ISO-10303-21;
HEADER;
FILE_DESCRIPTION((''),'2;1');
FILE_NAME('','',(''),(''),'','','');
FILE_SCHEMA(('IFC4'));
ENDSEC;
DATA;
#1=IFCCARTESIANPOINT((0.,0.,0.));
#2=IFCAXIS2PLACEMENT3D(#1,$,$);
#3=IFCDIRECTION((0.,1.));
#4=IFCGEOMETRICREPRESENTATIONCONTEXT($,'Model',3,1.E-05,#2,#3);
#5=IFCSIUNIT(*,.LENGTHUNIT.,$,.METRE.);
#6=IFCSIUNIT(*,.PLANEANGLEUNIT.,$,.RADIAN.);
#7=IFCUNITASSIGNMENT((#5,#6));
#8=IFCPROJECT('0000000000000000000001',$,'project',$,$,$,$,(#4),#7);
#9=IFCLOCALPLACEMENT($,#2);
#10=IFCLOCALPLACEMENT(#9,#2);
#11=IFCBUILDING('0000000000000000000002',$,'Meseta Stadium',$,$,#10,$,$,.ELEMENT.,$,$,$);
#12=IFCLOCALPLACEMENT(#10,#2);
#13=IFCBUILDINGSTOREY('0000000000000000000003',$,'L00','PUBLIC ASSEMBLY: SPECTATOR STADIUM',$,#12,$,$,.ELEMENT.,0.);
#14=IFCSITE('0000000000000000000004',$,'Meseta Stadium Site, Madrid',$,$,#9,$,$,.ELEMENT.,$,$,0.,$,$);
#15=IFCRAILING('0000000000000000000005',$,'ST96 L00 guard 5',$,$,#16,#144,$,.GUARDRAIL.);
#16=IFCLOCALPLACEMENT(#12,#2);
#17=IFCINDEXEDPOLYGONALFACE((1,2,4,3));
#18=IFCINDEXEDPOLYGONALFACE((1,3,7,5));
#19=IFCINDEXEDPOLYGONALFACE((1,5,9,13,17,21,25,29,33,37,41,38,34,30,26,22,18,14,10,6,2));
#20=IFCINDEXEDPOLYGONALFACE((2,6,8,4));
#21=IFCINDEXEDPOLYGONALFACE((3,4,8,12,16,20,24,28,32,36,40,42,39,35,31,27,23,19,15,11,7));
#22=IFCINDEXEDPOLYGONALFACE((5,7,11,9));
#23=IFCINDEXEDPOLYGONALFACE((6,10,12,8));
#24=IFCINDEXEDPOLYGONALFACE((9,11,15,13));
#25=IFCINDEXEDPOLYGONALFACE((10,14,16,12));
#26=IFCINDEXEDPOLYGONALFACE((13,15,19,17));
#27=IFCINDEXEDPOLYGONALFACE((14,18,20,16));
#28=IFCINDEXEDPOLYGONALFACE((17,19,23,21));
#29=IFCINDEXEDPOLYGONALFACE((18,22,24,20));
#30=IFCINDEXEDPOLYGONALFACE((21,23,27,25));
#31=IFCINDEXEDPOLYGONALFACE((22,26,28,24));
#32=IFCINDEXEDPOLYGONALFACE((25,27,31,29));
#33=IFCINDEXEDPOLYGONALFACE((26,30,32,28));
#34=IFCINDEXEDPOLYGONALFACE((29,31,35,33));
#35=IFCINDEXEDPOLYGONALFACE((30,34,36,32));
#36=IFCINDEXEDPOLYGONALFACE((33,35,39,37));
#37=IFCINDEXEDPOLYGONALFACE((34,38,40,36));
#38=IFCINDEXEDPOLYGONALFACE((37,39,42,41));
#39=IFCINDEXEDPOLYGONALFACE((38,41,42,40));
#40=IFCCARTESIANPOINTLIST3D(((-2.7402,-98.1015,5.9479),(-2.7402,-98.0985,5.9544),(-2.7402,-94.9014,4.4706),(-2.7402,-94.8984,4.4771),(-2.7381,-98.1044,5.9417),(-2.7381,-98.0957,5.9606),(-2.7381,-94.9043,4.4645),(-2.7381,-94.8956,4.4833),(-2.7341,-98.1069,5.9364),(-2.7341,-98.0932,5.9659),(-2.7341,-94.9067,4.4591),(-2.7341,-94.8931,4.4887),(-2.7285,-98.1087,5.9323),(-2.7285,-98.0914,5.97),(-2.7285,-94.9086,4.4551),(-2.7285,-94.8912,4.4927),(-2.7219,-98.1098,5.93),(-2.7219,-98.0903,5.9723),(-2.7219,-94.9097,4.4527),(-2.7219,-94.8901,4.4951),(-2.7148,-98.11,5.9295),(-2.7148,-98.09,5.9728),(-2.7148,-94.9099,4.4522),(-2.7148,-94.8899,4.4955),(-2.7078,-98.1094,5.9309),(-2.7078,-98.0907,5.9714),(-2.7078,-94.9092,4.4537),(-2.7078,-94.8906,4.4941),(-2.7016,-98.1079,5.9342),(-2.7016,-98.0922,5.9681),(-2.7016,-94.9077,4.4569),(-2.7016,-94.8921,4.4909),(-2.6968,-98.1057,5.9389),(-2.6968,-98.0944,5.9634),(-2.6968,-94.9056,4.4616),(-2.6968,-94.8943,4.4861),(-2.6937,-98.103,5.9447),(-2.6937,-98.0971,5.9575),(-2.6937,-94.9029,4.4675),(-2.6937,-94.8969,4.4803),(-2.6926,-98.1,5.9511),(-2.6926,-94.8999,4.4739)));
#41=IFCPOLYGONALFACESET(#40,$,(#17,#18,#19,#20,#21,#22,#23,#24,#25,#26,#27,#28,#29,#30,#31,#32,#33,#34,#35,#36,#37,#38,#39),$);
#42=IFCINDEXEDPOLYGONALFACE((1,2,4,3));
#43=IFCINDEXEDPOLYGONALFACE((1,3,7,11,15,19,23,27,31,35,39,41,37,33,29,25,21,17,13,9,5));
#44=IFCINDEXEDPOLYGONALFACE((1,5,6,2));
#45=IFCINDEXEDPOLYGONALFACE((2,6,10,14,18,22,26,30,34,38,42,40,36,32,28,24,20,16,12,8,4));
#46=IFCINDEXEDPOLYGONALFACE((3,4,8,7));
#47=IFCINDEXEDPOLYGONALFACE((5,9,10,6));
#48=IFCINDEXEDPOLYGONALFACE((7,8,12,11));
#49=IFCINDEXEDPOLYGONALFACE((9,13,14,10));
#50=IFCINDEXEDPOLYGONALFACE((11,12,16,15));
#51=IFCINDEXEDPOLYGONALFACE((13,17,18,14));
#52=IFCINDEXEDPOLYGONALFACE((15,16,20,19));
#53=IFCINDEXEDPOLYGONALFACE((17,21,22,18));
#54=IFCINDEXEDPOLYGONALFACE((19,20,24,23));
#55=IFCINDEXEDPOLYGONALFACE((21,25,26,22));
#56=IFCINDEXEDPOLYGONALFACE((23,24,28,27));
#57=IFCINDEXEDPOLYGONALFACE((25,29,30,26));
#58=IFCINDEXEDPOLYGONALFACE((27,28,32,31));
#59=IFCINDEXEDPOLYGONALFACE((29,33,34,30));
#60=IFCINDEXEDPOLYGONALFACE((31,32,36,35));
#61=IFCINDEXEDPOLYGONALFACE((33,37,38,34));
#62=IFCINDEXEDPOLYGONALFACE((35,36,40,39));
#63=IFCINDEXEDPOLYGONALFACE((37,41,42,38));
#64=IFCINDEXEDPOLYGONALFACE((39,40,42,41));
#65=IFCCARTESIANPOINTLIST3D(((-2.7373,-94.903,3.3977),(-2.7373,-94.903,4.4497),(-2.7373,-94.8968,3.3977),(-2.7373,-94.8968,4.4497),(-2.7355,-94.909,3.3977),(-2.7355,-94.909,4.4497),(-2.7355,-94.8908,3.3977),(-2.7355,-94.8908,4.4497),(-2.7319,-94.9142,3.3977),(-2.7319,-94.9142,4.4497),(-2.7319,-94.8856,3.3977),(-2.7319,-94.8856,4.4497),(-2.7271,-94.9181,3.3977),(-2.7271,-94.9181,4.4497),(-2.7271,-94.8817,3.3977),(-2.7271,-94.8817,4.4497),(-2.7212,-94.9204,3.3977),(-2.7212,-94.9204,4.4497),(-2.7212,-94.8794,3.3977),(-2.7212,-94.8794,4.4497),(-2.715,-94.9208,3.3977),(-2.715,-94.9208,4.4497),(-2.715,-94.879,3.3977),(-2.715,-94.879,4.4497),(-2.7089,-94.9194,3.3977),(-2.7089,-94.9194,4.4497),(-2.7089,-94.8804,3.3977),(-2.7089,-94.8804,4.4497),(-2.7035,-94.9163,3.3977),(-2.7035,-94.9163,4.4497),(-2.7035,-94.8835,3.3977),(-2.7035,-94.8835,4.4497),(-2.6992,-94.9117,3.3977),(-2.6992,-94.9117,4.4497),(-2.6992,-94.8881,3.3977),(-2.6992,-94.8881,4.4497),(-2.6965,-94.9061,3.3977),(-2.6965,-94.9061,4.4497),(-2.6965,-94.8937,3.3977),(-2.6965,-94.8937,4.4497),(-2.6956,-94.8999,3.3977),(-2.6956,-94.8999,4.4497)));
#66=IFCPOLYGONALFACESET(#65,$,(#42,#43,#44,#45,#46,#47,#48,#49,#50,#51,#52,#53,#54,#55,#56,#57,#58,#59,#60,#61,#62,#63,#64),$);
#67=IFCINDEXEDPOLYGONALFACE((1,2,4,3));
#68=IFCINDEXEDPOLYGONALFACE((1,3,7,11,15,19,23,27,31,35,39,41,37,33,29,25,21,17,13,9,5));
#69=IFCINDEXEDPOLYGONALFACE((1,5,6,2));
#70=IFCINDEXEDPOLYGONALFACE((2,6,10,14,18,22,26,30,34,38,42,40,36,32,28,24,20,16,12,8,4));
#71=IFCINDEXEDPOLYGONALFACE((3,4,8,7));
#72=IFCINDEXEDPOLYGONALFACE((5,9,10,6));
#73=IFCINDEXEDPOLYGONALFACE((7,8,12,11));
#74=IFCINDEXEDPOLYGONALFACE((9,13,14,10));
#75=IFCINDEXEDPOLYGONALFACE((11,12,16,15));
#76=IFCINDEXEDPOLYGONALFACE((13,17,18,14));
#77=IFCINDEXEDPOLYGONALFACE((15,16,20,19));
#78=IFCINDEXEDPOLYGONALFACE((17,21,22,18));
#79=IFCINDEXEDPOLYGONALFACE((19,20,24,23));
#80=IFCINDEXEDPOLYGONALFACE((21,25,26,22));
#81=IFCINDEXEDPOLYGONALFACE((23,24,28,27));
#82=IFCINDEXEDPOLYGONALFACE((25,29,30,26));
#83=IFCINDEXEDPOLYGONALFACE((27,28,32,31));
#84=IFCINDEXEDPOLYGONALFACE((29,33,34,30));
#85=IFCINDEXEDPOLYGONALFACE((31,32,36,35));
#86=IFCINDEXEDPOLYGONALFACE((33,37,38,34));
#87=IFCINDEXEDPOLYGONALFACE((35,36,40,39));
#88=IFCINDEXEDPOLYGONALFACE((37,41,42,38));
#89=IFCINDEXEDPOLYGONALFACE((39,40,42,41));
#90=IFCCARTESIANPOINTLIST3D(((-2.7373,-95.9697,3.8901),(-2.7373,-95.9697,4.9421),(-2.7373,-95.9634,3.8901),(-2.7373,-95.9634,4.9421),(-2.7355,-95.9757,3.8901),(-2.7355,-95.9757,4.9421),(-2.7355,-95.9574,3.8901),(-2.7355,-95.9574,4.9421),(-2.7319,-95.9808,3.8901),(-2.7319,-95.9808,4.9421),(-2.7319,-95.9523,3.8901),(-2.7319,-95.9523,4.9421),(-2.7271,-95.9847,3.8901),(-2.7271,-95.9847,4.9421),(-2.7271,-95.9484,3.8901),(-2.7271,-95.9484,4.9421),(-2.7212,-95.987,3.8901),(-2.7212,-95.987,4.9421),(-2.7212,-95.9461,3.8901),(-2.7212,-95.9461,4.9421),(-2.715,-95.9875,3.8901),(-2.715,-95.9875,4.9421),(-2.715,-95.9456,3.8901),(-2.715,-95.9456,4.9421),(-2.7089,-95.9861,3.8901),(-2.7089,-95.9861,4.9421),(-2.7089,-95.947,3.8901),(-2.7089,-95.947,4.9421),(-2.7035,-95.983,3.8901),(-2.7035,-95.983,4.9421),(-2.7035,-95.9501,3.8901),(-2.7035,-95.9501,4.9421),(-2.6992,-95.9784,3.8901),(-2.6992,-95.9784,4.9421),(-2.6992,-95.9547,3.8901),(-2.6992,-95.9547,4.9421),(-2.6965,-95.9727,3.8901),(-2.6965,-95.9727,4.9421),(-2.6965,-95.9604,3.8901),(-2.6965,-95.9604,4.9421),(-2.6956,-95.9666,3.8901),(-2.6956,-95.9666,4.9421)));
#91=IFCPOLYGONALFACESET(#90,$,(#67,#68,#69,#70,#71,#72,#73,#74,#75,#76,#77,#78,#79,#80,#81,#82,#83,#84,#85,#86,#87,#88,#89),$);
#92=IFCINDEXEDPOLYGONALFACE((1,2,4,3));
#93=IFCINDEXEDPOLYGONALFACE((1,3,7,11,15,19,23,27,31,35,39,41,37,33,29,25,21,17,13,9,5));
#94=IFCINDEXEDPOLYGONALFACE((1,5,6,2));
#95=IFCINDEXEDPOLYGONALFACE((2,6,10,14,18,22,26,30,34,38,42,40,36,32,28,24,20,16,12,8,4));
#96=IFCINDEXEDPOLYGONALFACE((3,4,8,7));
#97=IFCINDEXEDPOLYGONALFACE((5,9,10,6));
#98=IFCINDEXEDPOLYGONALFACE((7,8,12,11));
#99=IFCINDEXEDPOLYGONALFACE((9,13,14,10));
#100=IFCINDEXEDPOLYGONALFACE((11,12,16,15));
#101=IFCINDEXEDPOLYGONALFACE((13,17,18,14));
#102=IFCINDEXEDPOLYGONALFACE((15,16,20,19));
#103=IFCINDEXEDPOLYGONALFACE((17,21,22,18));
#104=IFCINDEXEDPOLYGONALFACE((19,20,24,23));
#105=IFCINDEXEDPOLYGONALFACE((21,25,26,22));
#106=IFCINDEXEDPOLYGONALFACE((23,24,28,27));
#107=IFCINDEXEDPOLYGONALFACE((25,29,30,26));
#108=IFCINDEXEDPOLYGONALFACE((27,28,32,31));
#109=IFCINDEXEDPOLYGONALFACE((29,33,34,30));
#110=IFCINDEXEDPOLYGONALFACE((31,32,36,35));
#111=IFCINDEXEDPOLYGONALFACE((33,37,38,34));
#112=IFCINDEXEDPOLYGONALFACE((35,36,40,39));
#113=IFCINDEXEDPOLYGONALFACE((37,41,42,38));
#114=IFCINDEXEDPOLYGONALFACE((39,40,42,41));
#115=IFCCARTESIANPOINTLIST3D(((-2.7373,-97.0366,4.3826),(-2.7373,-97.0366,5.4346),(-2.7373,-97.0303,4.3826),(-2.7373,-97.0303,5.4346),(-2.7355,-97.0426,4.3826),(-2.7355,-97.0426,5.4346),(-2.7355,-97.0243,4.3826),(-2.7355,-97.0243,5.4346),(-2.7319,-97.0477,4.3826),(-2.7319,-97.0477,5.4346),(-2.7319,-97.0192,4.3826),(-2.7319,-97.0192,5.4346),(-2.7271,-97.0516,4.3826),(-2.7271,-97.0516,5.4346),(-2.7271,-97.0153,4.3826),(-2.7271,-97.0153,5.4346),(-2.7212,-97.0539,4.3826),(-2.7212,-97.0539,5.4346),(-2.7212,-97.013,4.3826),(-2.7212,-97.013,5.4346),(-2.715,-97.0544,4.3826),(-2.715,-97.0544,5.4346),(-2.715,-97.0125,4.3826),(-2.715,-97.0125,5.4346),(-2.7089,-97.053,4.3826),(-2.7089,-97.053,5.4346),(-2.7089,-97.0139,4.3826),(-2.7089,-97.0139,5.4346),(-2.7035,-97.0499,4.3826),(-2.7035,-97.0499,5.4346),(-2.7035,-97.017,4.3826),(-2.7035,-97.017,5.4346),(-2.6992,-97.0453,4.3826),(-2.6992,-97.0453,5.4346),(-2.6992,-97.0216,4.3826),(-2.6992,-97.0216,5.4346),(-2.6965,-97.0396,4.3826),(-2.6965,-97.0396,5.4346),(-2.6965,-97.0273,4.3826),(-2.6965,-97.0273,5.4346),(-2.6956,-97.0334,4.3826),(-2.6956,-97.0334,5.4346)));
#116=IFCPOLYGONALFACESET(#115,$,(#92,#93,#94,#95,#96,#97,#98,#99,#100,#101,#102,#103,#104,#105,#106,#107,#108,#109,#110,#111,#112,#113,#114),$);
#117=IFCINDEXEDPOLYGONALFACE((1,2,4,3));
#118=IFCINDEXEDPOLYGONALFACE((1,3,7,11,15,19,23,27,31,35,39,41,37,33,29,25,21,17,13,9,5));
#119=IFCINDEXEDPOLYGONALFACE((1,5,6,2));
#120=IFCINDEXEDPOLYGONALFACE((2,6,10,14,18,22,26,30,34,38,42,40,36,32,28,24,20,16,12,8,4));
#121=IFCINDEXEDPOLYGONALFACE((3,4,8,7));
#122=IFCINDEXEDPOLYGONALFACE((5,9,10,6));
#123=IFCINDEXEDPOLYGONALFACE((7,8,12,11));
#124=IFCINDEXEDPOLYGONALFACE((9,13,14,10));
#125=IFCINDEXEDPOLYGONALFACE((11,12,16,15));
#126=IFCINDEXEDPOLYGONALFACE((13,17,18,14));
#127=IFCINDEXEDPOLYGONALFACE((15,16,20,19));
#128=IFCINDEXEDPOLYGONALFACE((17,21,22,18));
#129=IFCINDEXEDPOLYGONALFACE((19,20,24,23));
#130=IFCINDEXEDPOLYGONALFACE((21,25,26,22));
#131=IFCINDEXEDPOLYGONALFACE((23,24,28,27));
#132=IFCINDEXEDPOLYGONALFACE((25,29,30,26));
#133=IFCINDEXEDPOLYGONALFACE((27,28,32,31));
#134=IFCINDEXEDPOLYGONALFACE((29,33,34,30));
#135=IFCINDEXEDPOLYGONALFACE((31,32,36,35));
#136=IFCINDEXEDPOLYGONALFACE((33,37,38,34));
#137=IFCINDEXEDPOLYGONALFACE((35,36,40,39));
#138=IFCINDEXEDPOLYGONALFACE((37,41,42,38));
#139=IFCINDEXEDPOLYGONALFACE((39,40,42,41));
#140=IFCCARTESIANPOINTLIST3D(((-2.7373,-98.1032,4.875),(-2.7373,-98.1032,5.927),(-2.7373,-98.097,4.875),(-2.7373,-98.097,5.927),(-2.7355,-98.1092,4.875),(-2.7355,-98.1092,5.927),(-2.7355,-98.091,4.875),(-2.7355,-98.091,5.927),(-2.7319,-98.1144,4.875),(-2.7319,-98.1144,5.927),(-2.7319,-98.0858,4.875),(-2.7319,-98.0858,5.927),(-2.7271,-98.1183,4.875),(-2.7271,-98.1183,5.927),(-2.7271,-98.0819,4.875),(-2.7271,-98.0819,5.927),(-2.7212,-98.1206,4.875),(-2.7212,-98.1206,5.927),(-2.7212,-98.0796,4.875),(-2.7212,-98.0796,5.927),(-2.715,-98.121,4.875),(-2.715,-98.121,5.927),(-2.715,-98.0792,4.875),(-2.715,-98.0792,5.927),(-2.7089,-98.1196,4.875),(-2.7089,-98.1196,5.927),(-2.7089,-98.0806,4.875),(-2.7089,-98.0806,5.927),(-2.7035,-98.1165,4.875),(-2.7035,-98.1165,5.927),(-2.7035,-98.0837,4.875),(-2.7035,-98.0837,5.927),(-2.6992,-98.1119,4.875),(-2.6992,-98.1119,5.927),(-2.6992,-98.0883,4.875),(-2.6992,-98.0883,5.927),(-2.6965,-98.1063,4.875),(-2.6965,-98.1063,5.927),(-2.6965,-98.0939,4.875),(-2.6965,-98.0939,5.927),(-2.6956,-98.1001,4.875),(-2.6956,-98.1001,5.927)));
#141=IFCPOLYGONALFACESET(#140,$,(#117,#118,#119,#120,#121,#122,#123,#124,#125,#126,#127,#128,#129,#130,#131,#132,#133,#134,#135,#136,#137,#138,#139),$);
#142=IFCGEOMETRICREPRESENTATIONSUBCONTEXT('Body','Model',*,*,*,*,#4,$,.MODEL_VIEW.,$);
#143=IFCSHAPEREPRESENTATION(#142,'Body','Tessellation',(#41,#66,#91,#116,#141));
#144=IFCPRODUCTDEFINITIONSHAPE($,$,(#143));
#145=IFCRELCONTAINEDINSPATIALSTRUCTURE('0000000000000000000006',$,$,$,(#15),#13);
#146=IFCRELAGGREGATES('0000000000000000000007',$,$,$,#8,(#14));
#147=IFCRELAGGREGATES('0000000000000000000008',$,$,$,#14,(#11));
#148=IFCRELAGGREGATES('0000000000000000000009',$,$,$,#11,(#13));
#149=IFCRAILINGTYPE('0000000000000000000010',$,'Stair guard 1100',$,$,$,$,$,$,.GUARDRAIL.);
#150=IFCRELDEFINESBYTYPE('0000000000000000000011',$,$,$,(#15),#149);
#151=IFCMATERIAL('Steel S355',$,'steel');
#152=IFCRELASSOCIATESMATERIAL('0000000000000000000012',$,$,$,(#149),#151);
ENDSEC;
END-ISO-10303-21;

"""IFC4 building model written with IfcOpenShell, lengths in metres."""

from ifc_helpers import new_model, si_unit, direction, frame, origin, origin_2d, place, context, subcontext, project, spatial, circle, extrude, material, type_object, element, save


model = new_model("IFC4")

# Units and contexts
model_context = context("Model", 3, precision=1e-05, world=origin(), true_north=direction((0.0, 1.0)))
body_context = subcontext(model_context, "Body", "Model", "MODEL_VIEW")
ifc_project = project(units=[si_unit("LENGTHUNIT", "METRE"), si_unit("PLANEANGLEUNIT", "RADIAN")], contexts=[model_context])

# Site, building, storey
site_placement = place(None, origin())
site = spatial("IfcSite", under=ifc_project, at=site_placement, Name="Meseta Stadium Site, Madrid", CompositionType="ELEMENT", RefElevation=0.0)
building_placement = place(site_placement, origin())
building = spatial("IfcBuilding", under=site, at=building_placement, Name="Meseta Stadium", CompositionType="ELEMENT")
storey_placement = place(building_placement, origin())
storey = spatial("IfcBuildingStorey", under=building, at=storey_placement, Name="L00", Description="PUBLIC ASSEMBLY: SPECTATOR STADIUM", CompositionType="ELEMENT", Elevation=0.0)

# Railing
ifc_material_1 = material(Name="Steel S355", Category="steel")
railing_type_1 = type_object("IfcRailingType", Name="Stair guard 1100", PredefinedType="GUARDRAIL", material=ifc_material_1)
railing_1_placement = place(storey_placement, frame((-2.7166, -94.8999, 3.3977)))
element("IfcRailing", 1, at=railing_1_placement, inside=storey, type_object=railing_type_1, Name="ST96 L00 guard 5", PredefinedType="GUARDRAIL", context=body_context, shape_type="SweptSolid", body=[
    extrude(circle(Radius=0.0239, at=origin_2d()), frame((0.0, 0.0, 1.0762), z_axis=(0.0, -0.907929, 0.419124), x_axis=(1.0, 0.0, 0.0)), (0.0, 0.0, 1.0), 3.5247),
    extrude(circle(Radius=0.021, at=origin_2d()), origin(), (0.0, 0.0, 1.0), 1.052),
    extrude(circle(Radius=0.021, at=origin_2d()), frame((0.0, -1.0667, 0.4924)), (0.0, 0.0, 1.0), 1.052),
    extrude(circle(Radius=0.021, at=origin_2d()), frame((0.0, -2.1335, 0.9849)), (0.0, 0.0, 1.0), 1.052),
    extrude(circle(Radius=0.021, at=origin_2d()), frame((0.0, -3.2002, 1.4773)), (0.0, 0.0, 1.0), 1.052),
])

save(model, "model.ifc")
